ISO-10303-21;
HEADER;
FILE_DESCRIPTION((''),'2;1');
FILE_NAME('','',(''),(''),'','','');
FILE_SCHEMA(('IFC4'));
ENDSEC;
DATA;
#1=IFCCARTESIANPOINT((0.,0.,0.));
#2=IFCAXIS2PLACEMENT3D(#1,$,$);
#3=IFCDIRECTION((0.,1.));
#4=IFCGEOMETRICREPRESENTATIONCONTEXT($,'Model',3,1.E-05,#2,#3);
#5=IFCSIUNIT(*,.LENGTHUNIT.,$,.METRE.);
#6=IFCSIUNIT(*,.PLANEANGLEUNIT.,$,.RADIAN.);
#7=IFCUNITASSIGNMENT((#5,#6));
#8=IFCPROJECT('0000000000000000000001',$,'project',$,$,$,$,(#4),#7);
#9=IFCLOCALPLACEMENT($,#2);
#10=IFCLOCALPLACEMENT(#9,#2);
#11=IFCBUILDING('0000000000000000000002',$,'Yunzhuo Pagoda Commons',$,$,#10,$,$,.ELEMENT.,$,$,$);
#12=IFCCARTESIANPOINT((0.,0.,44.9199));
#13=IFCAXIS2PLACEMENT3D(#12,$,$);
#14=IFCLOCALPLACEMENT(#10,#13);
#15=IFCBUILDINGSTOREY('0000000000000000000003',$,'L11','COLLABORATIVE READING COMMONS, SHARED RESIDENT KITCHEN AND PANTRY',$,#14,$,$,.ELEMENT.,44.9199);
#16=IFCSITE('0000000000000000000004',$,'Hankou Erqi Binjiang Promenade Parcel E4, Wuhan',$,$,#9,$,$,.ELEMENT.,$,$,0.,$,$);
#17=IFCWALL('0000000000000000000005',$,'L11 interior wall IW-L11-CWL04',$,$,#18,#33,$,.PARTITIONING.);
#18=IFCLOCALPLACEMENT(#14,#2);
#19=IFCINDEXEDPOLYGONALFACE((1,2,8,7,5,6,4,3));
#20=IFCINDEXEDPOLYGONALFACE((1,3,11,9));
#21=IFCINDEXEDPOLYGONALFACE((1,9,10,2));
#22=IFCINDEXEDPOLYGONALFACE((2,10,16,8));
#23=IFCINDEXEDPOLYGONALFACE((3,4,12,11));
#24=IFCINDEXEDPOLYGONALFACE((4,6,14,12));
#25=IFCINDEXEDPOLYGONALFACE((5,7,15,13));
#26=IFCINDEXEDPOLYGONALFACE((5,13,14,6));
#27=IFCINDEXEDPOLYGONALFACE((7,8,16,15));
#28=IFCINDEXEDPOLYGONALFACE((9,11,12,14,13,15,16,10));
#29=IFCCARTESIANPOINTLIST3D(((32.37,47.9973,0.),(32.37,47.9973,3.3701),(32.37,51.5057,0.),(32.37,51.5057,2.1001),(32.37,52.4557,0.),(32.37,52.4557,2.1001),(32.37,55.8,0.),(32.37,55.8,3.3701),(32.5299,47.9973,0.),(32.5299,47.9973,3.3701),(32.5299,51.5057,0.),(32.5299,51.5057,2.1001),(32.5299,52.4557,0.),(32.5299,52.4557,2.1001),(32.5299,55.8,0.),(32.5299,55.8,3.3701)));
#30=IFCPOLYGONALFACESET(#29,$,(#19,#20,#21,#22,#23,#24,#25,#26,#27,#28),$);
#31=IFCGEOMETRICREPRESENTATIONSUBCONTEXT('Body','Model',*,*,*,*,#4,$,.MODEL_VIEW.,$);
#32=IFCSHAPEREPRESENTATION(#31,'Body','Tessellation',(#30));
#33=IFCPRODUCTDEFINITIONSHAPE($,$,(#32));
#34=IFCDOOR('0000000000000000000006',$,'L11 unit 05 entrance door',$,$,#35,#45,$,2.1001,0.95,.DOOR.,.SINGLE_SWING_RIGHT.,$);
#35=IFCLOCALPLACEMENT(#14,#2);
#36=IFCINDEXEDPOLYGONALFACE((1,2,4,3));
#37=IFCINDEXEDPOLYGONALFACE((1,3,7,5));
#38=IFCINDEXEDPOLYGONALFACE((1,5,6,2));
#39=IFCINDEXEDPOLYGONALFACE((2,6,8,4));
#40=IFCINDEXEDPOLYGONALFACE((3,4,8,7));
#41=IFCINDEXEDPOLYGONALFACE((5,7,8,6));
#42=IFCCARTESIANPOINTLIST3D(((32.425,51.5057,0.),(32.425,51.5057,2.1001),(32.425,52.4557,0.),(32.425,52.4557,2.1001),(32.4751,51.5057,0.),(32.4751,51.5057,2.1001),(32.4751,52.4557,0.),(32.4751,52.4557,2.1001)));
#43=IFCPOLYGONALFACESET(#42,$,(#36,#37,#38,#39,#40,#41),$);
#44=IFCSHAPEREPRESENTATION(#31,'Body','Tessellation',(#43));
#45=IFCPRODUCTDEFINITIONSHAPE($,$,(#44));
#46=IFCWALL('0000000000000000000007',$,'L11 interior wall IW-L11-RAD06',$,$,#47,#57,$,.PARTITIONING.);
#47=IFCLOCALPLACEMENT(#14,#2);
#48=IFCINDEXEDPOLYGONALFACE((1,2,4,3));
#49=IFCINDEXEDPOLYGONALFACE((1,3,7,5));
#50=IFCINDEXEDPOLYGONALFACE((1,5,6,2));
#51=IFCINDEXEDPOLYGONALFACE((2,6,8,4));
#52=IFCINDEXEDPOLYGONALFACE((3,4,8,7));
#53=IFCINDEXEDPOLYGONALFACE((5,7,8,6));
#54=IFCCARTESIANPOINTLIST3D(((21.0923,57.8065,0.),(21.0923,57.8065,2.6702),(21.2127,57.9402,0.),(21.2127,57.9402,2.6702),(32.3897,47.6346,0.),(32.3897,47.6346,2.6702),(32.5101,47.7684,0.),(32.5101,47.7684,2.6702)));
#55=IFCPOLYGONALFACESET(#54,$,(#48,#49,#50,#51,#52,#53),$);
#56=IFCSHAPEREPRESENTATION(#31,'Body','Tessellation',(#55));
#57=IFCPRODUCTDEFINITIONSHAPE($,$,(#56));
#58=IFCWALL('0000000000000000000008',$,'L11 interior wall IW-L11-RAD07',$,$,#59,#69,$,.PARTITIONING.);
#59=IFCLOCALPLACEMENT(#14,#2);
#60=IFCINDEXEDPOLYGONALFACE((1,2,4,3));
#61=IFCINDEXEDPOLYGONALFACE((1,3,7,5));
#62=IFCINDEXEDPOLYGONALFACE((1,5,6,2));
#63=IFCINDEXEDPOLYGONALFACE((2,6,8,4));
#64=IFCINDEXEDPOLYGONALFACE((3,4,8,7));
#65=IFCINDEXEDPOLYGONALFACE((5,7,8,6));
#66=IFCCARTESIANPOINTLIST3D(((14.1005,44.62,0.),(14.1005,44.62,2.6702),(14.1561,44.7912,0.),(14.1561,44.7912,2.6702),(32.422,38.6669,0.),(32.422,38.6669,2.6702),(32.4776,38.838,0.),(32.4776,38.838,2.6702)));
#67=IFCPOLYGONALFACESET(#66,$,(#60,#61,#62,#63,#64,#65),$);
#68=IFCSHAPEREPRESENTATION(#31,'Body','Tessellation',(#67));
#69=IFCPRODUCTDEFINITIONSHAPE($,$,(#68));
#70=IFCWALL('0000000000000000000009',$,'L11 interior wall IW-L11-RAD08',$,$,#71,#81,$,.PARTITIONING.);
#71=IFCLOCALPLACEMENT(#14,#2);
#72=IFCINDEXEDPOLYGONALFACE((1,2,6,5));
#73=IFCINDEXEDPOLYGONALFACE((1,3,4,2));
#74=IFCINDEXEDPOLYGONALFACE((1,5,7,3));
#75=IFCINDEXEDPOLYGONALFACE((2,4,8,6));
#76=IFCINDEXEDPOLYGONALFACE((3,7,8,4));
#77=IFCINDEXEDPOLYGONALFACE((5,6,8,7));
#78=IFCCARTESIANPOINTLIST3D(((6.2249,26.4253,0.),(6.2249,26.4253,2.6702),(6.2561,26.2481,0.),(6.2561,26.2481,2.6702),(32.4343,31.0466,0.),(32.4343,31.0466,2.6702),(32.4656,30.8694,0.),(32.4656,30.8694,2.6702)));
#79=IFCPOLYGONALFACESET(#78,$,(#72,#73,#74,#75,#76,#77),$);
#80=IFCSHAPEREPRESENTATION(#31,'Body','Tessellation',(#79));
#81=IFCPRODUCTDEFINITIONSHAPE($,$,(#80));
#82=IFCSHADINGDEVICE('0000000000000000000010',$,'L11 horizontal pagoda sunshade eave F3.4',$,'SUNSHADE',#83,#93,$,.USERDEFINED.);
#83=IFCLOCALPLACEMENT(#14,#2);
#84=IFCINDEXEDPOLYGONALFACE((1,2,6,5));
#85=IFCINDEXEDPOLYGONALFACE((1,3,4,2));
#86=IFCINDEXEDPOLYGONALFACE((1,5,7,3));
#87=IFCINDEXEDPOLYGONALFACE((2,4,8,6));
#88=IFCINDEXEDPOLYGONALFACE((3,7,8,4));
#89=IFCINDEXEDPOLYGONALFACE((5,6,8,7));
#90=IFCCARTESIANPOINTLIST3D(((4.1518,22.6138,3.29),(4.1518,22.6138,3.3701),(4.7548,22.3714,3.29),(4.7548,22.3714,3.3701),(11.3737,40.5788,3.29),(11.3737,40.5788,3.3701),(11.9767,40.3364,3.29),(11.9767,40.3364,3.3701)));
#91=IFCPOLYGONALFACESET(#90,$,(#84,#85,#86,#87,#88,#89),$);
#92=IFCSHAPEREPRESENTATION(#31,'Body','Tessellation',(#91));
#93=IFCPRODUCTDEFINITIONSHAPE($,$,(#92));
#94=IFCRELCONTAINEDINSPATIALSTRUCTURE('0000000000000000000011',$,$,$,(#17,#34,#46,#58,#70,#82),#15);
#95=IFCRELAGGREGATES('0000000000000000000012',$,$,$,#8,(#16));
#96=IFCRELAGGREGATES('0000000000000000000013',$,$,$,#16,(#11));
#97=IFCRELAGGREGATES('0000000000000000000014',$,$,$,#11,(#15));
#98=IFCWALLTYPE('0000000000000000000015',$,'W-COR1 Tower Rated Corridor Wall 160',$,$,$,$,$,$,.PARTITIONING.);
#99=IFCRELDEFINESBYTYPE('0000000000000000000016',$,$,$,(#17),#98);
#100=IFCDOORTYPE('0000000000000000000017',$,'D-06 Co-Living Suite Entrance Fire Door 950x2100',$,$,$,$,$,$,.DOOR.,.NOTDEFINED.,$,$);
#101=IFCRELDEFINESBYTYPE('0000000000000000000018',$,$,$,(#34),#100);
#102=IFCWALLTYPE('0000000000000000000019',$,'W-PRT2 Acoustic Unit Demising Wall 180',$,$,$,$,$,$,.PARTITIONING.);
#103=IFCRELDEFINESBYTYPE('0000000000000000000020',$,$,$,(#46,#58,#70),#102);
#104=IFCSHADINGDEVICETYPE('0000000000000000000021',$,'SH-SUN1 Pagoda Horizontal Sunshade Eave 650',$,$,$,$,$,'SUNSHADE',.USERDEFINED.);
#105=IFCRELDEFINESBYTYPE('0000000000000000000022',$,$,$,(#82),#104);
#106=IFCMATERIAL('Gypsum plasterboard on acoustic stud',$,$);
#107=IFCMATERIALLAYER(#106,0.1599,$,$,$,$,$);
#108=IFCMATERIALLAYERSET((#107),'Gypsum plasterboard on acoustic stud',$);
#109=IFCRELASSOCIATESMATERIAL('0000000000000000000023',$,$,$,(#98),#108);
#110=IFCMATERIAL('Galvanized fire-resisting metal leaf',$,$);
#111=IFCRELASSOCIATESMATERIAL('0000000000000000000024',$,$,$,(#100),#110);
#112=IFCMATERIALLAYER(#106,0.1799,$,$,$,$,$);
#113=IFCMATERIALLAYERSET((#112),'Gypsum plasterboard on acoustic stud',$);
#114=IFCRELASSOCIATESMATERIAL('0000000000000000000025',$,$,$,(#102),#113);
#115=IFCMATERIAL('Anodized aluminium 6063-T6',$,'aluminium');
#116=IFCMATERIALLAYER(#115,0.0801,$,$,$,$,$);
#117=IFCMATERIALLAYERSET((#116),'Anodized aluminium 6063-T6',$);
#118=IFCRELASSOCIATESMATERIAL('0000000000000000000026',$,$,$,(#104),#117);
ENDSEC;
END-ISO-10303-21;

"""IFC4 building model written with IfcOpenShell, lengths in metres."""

from ifc_helpers import new_model, si_unit, direction, frame, frame_2d, origin, origin_with_axes, origin_2d, place, context, subcontext, project, spatial, rectangle, extrude, source, transform, mapped, material, layer, layer_set, type_object, element, fill, save


model = new_model("IFC4")

# Units and contexts
model_context = context("Model", 3, precision=1e-05, world=origin(), true_north=direction((0.0, 1.0)))
body_context = subcontext(model_context, "Body", "Model", "MODEL_VIEW")
ifc_project = project(units=[si_unit("LENGTHUNIT", "METRE"), si_unit("PLANEANGLEUNIT", "RADIAN")], contexts=[model_context])

# Site, building, storey
site_placement = place(None, origin())
site = spatial("IfcSite", under=ifc_project, at=site_placement, Name="Hankou Erqi Binjiang Promenade Parcel E4, Wuhan", CompositionType="ELEMENT", RefElevation=0.0)
building_placement = place(site_placement, origin())
building = spatial("IfcBuilding", under=site, at=building_placement, Name="Yunzhuo Pagoda Commons", CompositionType="ELEMENT")
storey_placement = place(building_placement, frame((0.0, 0.0, 44.9199)))
storey = spatial("IfcBuildingStorey", under=building, at=storey_placement, Name="L11", Description="COLLABORATIVE READING COMMONS, SHARED RESIDENT KITCHEN AND PANTRY", CompositionType="ELEMENT", Elevation=44.9199)

# Shared definitions
ifc_material_1 = material(Name="Anodized aluminium 6063-T6", Category="aluminium")

# Shared definitions
ifc_material_2 = material(Name="Galvanized fire-resisting metal leaf")

# Shared definitions
ifc_material_3 = material(Name="Gypsum plasterboard on acoustic stud")
ifc_layer_1 = layer(ifc_material_3, 0.1599)
ifc_layer_set_1 = layer_set([ifc_layer_1], Name="Gypsum plasterboard on acoustic stud")
wall_type_1 = type_object("IfcWallType", Name="W-COR1 Tower Rated Corridor Wall 160", PredefinedType="PARTITIONING", material=ifc_layer_set_1)

# Wall, opening, door
door_type_1 = type_object("IfcDoorType", Name="D-06 Co-Living Suite Entrance Fire Door 950x2100", OperationType="NOTDEFINED", PredefinedType="DOOR", material=ifc_material_2)
shared_shape_1 = source(origin(), body_context, "Body", "SweptSolid", [
    extrude(rectangle(XDim=0.95, YDim=2.1001, at=frame_2d((0.4751, 1.05))), frame((0.0, 0.0249, 0.0), z_axis=(0.0, -1.0, 0.0), x_axis=(1.0, 0.0, 0.0)), (0.0, 0.0, 1.0), 0.05),
])
wall_1_placement = place(storey_placement, frame((32.45, 47.9973, 0.0), z_axis=(0.0, 0.0, 1.0), x_axis=(0.0, 1.0, 0.0)))
wall_1 = element("IfcWall", 1, at=wall_1_placement, inside=storey, type_object=wall_type_1, Name="L11 interior wall IW-L11-CWL04", PredefinedType="PARTITIONING", context=body_context, shape_type="SweptSolid", body=[
    extrude(rectangle(XDim=7.8027, YDim=0.1599, at=frame_2d((3.9014, 0.0))), origin(), (0.0, 0.0, 1.0), 3.3701),
])
opening_1_placement = place(wall_1_placement, frame((3.5083, 0.0, 0.0)))
opening_1 = element("IfcOpeningElement", 2, at=opening_1_placement, cuts=wall_1, PredefinedType="OPENING", context=body_context, shape_type="SweptSolid", body=[
    extrude(rectangle(XDim=0.95, YDim=2.1001, at=frame_2d((0.4751, 1.05))), frame((0.0, 0.0898, 0.0), z_axis=(0.0, -1.0, 0.0), x_axis=(1.0, 0.0, 0.0)), (0.0, 0.0, 1.0), 0.1799),
])
door_1_placement = place(opening_1_placement, origin_with_axes())
door_1 = element("IfcDoor", 3, at=door_1_placement, inside=storey, type_object=door_type_1, Name="L11 unit 05 entrance door", OperationType="SINGLE_SWING_RIGHT", OverallHeight=2.1001, OverallWidth=0.95, PredefinedType="DOOR", context=body_context, shape_type="MappedRepresentation", body=[
    mapped(shared_shape_1, transform((0.0, 0.0, 0.0), scale=1.0)),
])
fill(opening_1, door_1)

# Walls
ifc_layer_2 = layer(ifc_material_3, 0.1799)
ifc_layer_set_2 = layer_set([ifc_layer_2], Name="Gypsum plasterboard on acoustic stud")
wall_type_2 = type_object("IfcWallType", Name="W-PRT2 Acoustic Unit Demising Wall 180", PredefinedType="PARTITIONING", material=ifc_layer_set_2)
wall_2_placement = place(storey_placement, frame((32.45, 47.7014, 0.0), z_axis=(0.0, 0.0, 1.0), x_axis=(-0.743155, 0.669119, 0.0)))
element("IfcWall", 4, at=wall_2_placement, inside=storey, type_object=wall_type_2, Name="L11 interior wall IW-L11-RAD06", PredefinedType="PARTITIONING", context=body_context, shape_type="SweptSolid", body=[
    extrude(rectangle(XDim=15.2019, YDim=0.1799, at=frame_2d((7.6011, 0.0))), origin(), (0.0, 0.0, 1.0), 2.6702),
])
wall_3_placement = place(storey_placement, frame((32.45, 38.7524, 0.0), z_axis=(0.0, 0.0, 1.0), x_axis=(-0.951055, 0.309022, 0.0)))
element("IfcWall", 5, at=wall_3_placement, inside=storey, type_object=wall_type_2, Name="L11 interior wall IW-L11-RAD07", PredefinedType="PARTITIONING", context=body_context, shape_type="SweptSolid", body=[
    extrude(rectangle(XDim=19.2644, YDim=0.1799, at=frame_2d((9.6323, 0.0))), origin(), (0.0, 0.0, 1.0), 2.6702),
])
wall_4_placement = place(storey_placement, frame((32.45, 30.958, 0.0), z_axis=(0.0, 0.0, 1.0), x_axis=(-0.984808, -0.173645, 0.0)))
element("IfcWall", 6, at=wall_4_placement, inside=storey, type_object=wall_type_2, Name="L11 interior wall IW-L11-RAD08", PredefinedType="PARTITIONING", context=body_context, shape_type="SweptSolid", body=[
    extrude(rectangle(XDim=26.6138, YDim=0.1799, at=frame_2d((13.3069, 0.0))), origin(), (0.0, 0.0, 1.0), 2.6702),
])

# Shading device
ifc_layer_3 = layer(ifc_material_1, 0.0801)
ifc_layer_set_3 = layer_set([ifc_layer_3], Name="Anodized aluminium 6063-T6")
shading_device_type = type_object("IfcShadingDeviceType", Name="SH-SUN1 Pagoda Horizontal Sunshade Eave 650", ElementType="SUNSHADE", PredefinedType="USERDEFINED", material=ifc_layer_set_3)
shared_shape_2 = source(origin(), body_context, "Body", "SweptSolid", [
    extrude(rectangle(XDim=19.3623, YDim=0.6499, at=origin_2d()), origin(), (0.0, 0.0, 1.0), 0.0801),
])
shading_device_placement = place(storey_placement, frame((8.0642, 31.4751, 3.29), z_axis=(0.0, 0.0, 1.0), x_axis=(-0.372988, -0.927836, 0.0)))
element("IfcShadingDevice", 7, at=shading_device_placement, inside=storey, type_object=shading_device_type, Name="L11 horizontal pagoda sunshade eave F3.4", ObjectType="SUNSHADE", PredefinedType="USERDEFINED", context=body_context, shape_type="MappedRepresentation", body=[
    mapped(shared_shape_2, transform((0.0, 0.0, 0.0), scale=1.0)),
])

save(model, "model.ifc")
